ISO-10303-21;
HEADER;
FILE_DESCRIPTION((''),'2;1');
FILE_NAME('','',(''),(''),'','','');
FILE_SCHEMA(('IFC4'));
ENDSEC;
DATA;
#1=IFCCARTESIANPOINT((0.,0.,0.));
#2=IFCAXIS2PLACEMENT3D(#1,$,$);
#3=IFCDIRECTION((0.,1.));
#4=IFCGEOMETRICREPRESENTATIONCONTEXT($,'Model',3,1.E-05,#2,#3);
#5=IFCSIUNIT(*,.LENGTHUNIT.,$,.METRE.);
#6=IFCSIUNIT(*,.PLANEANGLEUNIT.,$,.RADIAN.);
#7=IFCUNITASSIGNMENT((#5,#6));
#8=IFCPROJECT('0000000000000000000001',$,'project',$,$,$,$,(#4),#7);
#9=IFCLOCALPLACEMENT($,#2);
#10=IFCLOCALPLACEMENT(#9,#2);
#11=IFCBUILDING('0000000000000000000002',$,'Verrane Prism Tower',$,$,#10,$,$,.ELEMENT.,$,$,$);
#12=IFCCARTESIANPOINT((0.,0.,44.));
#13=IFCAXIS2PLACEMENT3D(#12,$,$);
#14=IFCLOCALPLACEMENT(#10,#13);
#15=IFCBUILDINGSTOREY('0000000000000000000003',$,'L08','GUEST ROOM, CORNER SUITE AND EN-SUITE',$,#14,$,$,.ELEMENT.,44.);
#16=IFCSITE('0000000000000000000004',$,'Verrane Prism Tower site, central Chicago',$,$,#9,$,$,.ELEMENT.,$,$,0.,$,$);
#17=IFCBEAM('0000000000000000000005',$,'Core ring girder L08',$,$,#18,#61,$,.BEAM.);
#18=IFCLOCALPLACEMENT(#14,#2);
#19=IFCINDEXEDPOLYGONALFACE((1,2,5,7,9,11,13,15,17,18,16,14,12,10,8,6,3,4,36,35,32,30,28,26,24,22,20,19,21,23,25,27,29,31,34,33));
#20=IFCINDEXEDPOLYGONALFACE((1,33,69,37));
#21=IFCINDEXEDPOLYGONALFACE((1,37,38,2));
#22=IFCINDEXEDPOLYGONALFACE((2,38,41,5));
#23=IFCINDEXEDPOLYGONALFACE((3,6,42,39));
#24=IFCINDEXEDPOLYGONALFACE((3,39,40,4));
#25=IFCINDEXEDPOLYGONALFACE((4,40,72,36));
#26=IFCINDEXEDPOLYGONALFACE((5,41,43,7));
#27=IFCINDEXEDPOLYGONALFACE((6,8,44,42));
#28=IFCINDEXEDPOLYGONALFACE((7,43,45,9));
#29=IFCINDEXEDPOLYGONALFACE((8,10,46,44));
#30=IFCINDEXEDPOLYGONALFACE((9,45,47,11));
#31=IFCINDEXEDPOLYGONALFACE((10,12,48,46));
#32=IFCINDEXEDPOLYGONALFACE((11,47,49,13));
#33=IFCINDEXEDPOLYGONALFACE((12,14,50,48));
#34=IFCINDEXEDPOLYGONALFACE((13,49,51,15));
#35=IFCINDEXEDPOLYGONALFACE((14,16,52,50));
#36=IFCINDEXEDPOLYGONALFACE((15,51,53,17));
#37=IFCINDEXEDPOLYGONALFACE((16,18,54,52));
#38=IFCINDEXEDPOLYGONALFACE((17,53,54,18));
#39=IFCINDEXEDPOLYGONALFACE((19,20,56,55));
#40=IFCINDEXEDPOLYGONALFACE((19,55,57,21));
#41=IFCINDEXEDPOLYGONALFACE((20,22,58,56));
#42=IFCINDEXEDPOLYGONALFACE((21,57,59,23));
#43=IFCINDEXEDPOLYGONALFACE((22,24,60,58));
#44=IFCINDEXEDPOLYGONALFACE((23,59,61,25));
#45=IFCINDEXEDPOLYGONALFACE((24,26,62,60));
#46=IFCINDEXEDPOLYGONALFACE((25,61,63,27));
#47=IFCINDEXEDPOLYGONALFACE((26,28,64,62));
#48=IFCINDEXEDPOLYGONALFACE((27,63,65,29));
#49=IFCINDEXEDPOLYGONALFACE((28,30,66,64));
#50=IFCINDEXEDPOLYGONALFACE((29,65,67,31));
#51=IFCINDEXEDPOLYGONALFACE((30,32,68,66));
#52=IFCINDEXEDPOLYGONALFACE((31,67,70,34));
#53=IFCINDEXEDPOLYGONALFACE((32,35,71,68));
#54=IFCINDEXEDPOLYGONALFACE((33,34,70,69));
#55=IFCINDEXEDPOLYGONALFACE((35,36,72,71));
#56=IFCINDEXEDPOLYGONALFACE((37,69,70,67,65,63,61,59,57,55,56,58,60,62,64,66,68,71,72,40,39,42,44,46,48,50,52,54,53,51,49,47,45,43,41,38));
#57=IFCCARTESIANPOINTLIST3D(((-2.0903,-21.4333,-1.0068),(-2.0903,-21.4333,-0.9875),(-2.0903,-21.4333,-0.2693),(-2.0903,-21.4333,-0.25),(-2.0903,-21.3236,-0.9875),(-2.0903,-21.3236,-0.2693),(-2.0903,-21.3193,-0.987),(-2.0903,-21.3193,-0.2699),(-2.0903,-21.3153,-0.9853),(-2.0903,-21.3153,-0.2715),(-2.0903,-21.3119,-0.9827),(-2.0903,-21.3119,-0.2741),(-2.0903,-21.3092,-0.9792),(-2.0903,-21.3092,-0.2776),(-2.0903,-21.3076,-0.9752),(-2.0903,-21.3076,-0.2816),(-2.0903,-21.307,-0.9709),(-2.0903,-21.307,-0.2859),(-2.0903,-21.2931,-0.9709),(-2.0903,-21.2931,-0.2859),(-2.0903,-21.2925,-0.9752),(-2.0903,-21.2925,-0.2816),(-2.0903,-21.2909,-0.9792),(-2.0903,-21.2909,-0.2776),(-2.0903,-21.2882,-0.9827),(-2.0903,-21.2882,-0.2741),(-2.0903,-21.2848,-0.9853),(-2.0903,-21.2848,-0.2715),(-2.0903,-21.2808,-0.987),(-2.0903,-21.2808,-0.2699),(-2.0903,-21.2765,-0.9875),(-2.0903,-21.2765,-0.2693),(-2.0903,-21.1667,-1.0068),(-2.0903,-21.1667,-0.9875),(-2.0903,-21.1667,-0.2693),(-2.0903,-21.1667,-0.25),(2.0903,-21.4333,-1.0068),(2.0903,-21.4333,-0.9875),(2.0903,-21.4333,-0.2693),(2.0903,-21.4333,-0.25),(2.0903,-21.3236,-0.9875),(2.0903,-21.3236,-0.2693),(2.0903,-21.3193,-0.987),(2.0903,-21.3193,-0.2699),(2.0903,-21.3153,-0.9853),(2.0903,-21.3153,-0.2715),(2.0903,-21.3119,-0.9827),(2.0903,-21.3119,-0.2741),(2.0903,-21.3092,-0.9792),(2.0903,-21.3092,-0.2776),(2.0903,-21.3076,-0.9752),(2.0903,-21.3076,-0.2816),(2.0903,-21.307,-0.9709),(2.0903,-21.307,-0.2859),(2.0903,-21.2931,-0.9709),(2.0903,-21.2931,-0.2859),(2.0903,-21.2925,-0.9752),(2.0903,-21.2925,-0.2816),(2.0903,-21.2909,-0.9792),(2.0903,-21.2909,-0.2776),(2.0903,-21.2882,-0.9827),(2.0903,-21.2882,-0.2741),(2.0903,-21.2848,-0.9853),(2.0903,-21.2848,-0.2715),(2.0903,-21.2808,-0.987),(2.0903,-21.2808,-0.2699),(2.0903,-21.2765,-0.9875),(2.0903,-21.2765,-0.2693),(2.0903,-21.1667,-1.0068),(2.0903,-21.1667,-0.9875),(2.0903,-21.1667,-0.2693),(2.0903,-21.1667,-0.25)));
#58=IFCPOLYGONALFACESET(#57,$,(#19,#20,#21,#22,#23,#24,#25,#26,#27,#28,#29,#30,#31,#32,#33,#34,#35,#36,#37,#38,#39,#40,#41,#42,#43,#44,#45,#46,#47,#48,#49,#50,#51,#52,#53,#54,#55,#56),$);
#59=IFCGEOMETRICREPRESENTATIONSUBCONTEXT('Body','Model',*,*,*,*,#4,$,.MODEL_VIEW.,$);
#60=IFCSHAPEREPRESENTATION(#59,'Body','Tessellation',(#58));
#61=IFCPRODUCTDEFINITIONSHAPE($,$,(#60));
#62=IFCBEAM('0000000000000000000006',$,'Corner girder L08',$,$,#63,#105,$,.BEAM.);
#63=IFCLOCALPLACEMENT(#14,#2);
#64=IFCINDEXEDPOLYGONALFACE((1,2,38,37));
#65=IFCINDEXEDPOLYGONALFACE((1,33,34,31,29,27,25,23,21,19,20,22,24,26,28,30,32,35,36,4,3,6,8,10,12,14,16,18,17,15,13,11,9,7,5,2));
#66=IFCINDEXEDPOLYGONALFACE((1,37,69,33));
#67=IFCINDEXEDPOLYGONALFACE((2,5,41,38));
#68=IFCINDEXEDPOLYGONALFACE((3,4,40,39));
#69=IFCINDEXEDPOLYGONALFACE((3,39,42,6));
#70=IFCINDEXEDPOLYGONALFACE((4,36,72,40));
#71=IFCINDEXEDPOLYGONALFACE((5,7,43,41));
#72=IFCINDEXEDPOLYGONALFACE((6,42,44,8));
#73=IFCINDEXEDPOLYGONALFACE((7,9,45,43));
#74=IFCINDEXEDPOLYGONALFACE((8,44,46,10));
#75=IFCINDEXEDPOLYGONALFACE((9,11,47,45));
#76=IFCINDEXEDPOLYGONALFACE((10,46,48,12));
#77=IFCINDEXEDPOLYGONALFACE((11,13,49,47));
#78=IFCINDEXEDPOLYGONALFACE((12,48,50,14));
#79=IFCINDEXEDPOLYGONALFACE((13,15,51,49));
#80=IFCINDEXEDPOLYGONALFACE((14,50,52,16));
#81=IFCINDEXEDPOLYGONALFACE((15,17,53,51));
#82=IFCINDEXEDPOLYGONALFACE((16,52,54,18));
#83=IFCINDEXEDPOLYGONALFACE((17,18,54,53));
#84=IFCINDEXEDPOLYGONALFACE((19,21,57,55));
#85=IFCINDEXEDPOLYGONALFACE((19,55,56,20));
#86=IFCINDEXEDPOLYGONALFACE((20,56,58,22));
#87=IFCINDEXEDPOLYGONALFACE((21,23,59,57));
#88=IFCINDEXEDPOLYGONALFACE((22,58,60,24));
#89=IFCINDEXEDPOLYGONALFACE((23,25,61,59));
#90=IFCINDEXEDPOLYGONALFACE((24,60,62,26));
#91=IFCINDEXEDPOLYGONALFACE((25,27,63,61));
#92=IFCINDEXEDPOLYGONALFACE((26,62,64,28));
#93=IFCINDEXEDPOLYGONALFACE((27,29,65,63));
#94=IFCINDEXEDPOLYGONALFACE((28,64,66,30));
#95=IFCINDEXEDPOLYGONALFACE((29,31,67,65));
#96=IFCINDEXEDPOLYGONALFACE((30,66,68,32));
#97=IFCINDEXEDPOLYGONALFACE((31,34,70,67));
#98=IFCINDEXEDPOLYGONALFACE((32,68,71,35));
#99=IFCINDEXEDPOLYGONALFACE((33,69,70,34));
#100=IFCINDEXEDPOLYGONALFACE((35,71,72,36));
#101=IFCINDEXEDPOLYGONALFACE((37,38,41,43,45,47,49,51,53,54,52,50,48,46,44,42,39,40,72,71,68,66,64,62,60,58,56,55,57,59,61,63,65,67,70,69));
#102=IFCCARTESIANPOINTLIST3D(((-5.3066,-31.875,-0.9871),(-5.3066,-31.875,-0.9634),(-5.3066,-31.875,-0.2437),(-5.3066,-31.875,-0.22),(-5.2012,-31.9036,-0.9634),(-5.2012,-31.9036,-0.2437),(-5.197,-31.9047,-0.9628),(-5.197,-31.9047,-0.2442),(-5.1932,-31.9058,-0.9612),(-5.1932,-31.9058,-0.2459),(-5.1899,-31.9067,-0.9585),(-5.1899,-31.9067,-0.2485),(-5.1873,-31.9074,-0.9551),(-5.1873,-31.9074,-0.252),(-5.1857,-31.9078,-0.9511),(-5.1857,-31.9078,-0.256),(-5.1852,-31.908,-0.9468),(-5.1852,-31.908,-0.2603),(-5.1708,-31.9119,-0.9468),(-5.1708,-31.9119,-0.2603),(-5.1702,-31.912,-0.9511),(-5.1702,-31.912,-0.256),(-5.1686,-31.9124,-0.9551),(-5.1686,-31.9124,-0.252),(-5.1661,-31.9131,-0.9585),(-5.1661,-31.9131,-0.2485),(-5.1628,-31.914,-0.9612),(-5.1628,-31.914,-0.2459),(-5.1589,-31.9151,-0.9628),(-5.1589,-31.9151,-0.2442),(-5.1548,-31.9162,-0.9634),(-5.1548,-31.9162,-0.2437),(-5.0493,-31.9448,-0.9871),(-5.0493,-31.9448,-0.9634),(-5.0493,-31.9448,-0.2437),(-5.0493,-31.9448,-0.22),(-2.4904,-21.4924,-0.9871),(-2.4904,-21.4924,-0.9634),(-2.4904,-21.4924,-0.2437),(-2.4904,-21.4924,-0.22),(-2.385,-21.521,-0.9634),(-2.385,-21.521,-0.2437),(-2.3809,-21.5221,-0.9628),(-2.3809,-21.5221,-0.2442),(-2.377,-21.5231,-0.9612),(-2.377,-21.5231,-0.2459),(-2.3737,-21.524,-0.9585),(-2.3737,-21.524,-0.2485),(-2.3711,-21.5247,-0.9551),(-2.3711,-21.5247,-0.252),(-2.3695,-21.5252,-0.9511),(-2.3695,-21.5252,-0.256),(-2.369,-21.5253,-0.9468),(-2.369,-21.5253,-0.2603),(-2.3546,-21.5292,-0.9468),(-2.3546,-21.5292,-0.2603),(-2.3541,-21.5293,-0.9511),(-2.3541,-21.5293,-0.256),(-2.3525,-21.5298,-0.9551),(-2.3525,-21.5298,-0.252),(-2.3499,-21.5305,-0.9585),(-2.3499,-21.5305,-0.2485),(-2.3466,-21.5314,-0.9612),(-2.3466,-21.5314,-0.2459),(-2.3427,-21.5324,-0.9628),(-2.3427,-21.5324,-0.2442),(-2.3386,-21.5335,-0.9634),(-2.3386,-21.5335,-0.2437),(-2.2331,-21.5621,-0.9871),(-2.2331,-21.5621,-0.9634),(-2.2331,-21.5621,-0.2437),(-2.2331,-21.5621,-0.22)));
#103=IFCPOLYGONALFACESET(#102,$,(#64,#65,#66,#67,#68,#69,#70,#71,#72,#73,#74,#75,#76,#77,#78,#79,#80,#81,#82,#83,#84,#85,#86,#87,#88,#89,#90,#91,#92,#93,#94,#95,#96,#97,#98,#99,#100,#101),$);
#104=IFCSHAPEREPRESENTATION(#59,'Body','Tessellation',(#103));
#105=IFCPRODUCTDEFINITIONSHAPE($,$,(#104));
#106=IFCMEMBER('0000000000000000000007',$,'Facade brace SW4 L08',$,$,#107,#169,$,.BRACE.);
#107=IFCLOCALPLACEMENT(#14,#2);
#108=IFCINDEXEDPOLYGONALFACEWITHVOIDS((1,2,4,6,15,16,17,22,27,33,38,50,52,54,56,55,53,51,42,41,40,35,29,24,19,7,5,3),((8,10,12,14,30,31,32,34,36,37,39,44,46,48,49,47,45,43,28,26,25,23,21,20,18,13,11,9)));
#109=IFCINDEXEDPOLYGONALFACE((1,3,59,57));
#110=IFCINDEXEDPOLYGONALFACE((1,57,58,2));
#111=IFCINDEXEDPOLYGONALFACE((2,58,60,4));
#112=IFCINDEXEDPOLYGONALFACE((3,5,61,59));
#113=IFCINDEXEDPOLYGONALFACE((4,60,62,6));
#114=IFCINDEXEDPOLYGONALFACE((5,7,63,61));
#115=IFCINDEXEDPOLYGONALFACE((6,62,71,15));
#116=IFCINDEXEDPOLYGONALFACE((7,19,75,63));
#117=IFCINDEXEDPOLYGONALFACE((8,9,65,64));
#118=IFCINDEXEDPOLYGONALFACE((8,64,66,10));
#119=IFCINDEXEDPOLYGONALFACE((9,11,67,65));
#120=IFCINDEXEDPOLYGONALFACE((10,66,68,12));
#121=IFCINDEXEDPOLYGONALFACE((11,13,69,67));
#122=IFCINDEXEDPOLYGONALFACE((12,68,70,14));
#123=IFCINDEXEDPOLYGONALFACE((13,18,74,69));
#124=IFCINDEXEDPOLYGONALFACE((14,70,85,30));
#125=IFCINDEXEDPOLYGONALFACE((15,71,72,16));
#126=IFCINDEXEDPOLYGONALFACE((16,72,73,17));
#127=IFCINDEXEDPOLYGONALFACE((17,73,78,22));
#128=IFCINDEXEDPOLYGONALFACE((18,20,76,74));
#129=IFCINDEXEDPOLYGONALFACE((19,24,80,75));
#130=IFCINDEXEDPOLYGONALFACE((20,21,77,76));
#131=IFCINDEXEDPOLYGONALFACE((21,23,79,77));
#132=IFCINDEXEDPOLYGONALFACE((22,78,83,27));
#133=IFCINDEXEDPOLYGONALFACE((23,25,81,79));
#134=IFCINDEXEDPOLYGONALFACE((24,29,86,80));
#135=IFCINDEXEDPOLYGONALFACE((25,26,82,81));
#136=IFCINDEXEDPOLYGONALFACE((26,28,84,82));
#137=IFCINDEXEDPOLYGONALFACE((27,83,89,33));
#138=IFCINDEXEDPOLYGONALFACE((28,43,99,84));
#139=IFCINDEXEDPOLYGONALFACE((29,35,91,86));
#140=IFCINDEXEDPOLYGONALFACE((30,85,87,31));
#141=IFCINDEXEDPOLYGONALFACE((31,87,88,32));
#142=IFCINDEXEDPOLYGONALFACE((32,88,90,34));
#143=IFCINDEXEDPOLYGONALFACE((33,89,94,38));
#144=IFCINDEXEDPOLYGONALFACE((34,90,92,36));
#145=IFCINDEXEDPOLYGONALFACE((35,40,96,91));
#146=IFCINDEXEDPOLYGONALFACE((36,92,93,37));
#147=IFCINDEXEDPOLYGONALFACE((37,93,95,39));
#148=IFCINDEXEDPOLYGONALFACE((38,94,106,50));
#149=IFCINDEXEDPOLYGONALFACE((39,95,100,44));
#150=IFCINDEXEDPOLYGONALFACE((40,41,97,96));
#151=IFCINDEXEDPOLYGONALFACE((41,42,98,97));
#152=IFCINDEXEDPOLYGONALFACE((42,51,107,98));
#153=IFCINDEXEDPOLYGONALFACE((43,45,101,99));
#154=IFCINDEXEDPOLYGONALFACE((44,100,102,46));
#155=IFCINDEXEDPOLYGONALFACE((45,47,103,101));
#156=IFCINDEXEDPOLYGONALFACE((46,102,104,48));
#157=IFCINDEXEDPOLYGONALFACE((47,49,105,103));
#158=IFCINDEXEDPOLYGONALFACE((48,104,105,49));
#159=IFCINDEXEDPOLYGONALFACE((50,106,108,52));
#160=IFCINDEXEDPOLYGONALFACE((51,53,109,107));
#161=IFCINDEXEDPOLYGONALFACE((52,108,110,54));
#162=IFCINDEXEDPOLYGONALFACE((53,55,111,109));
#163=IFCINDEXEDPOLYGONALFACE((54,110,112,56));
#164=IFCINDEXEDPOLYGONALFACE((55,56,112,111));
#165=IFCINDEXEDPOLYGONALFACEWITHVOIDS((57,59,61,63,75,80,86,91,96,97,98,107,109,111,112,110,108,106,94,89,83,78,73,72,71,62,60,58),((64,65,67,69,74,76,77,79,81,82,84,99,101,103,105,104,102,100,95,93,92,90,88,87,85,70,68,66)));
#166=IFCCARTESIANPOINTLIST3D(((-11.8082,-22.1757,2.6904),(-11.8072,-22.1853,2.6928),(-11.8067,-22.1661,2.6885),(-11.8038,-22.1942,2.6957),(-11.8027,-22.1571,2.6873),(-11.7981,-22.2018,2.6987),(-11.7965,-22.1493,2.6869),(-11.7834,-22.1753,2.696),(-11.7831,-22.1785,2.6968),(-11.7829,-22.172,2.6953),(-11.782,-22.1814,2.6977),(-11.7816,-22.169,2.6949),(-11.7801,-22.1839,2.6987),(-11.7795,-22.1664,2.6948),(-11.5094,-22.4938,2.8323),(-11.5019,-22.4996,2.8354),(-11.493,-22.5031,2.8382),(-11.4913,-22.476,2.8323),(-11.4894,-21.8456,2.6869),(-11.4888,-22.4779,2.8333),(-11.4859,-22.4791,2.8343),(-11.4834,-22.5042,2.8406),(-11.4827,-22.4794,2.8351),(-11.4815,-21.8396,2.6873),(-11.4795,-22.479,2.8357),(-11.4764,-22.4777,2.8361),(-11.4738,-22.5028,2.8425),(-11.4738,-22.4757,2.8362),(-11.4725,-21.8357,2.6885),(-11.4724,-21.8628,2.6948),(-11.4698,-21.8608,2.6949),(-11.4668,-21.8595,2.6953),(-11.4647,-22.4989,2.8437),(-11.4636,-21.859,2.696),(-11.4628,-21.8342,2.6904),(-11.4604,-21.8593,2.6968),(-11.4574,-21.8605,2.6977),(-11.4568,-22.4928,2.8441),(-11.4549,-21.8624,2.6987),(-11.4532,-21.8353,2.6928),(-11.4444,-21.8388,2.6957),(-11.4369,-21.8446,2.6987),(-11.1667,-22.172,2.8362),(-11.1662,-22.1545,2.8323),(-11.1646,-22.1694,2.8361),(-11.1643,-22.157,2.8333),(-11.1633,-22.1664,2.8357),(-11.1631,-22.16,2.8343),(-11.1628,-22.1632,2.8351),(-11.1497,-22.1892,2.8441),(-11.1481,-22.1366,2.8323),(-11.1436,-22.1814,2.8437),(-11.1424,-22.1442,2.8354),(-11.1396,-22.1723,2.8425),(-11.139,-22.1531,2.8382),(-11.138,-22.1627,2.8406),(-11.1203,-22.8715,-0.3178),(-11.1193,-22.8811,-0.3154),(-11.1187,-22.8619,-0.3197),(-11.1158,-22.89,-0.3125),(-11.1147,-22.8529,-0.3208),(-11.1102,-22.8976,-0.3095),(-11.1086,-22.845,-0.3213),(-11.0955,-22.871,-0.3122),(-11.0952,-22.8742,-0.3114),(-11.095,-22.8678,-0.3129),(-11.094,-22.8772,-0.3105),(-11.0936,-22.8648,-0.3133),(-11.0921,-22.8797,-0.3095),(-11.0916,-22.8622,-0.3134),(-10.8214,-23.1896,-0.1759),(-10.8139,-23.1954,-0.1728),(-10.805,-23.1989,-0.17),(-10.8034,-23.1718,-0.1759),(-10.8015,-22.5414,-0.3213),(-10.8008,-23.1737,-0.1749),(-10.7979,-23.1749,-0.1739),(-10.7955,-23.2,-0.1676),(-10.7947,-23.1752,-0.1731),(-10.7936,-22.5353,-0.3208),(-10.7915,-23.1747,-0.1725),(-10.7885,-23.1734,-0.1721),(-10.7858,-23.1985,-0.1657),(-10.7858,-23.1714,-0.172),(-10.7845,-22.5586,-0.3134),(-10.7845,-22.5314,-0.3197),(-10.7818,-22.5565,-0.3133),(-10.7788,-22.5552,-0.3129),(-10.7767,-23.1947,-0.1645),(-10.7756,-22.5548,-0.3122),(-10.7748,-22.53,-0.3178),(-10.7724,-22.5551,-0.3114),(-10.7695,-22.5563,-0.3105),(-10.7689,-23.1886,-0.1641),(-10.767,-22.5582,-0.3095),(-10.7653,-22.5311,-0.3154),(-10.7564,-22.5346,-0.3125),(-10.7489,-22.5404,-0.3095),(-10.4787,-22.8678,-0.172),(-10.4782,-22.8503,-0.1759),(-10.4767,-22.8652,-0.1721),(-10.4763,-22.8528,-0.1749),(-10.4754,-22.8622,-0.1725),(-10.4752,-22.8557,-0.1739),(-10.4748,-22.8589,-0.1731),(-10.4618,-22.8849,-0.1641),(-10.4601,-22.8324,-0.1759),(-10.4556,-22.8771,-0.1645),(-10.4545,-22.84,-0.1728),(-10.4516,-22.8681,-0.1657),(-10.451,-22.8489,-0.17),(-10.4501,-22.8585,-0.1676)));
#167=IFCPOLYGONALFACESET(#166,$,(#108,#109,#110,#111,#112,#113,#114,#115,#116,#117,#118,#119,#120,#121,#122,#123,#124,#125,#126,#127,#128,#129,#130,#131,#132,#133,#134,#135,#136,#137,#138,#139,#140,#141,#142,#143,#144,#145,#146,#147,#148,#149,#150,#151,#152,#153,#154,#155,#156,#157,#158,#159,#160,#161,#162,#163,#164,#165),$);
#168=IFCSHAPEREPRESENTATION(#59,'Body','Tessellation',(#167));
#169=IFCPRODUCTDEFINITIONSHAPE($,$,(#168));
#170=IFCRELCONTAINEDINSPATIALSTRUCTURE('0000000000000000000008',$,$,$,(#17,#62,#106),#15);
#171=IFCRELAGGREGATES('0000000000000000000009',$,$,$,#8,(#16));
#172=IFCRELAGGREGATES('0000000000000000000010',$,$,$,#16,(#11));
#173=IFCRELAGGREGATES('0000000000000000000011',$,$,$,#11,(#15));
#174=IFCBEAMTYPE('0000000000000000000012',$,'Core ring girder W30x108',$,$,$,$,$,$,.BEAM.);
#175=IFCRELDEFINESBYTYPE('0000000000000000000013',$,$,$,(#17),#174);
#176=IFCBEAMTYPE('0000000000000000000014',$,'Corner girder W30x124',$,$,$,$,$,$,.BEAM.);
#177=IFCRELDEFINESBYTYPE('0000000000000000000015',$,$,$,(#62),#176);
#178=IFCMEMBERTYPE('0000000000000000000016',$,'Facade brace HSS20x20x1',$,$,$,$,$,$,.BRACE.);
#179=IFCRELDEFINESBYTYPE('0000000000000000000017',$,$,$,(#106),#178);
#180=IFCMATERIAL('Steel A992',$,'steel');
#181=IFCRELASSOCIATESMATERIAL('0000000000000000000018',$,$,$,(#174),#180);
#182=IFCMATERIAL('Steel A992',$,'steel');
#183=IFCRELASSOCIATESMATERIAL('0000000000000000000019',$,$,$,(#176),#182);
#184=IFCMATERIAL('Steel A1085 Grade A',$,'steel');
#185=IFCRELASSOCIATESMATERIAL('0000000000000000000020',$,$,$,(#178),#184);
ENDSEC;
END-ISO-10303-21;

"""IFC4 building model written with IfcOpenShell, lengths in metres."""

from ifc_helpers import new_model, si_unit, direction, frame, origin, origin_2d, place, context, subcontext, project, spatial, hollow_rectangle, i_section, extrude, material, material_profile, profile_set, type_object, element, save


model = new_model("IFC4")

# Units and contexts
model_context = context("Model", 3, precision=1e-05, world=origin(), true_north=direction((0.0, 1.0)))
body_context = subcontext(model_context, "Body", "Model", "MODEL_VIEW")
ifc_project = project(units=[si_unit("LENGTHUNIT", "METRE"), si_unit("PLANEANGLEUNIT", "RADIAN")], contexts=[model_context])

# Site, building, storey
site_placement = place(None, origin())
site = spatial("IfcSite", under=ifc_project, at=site_placement, Name="Verrane Prism Tower site, central Chicago", CompositionType="ELEMENT", RefElevation=0.0)
building_placement = place(site_placement, origin())
building = spatial("IfcBuilding", under=site, at=building_placement, Name="Verrane Prism Tower", CompositionType="ELEMENT")
storey_placement = place(building_placement, frame((0.0, 0.0, 44.0)))
storey = spatial("IfcBuildingStorey", under=building, at=storey_placement, Name="L08", Description="GUEST ROOM, CORNER SUITE AND EN-SUITE", CompositionType="ELEMENT", Elevation=44.0)

# Beams
ifc_material_1 = material(Name="Steel A992", Category="steel")
ifc_material_profile_1 = material_profile(ifc_material_1, i_section(OverallWidth=0.2666, OverallDepth=0.7568, WebThickness=0.0139, FlangeThickness=0.0193, FilletRadius=0.0166, at=origin_2d()), Name="W30x108")
ifc_profile_set_1 = profile_set([ifc_material_profile_1], Name="Steel A992")
beam_type_1 = type_object("IfcBeamType", Name="Core ring girder W30x108", PredefinedType="BEAM", material=ifc_profile_set_1)
beam_1_placement = place(storey_placement, frame((-2.0903, -21.3, -0.6284), z_axis=(1.0, 0.0, 0.0), x_axis=(0.0, 1.0, 0.0)))
element("IfcBeam", 1, at=beam_1_placement, inside=storey, type_object=beam_type_1, Name="Core ring girder L08", PredefinedType="BEAM", context=body_context, shape_type="SweptSolid", body=[
    extrude(i_section(OverallWidth=0.2666, OverallDepth=0.7568, WebThickness=0.0139, FlangeThickness=0.0193, FilletRadius=0.0166, at=origin_2d()), origin(), (0.0, 0.0, 1.0), 4.1807),
])
ifc_material_2 = material(Name="Steel A992", Category="steel")
ifc_material_profile_2 = material_profile(ifc_material_2, i_section(OverallWidth=0.2666, OverallDepth=0.7671, WebThickness=0.0149, FlangeThickness=0.0237, FilletRadius=0.0166, at=origin_2d()), Name="W30x124")
ifc_profile_set_2 = profile_set([ifc_material_profile_2], Name="Steel A992")
beam_type_2 = type_object("IfcBeamType", Name="Corner girder W30x124", PredefinedType="BEAM", material=ifc_profile_set_2)
beam_2_placement = place(storey_placement, frame((-5.178, -31.9099, -0.6035), z_axis=(0.261781, 0.965127, 0.0), x_axis=(-0.965127, 0.261781, 0.0)))
element("IfcBeam", 2, at=beam_2_placement, inside=storey, type_object=beam_type_2, Name="Corner girder L08", PredefinedType="BEAM", context=body_context, shape_type="SweptSolid", body=[
    extrude(i_section(OverallWidth=0.2666, OverallDepth=0.7671, WebThickness=0.0149, FlangeThickness=0.0237, FilletRadius=0.0166, at=origin_2d()), origin(), (0.0, 0.0, 1.0), 10.7578),
])

# Member
ifc_material_3 = material(Name="Steel A1085 Grade A", Category="steel")
ifc_material_profile_3 = material_profile(ifc_material_3, hollow_rectangle(XDim=0.5081, YDim=0.5081, WallThickness=0.0254, InnerFilletRadius=0.0127, OuterFilletRadius=0.0381, at=origin_2d()), Name="HSS20x20x1")
ifc_profile_set_3 = profile_set([ifc_material_profile_3], Name="Steel A1085 Grade A")
member_type_1 = type_object("IfcMemberType", Name="Facade brace HSS20x20x1", PredefinedType="BRACE", material=ifc_profile_set_3)
member_1_placement = place(storey_placement, frame((-10.7852, -22.865, -0.2427), z_axis=(-0.217481, 0.219951, 0.950959), x_axis=(-0.711088, -0.703103, 0.0)))
element("IfcMember", 3, at=member_1_placement, inside=storey, type_object=member_type_1, Name="Facade brace SW4 L08", PredefinedType="BRACE", context=body_context, shape_type="SweptSolid", body=[
    extrude(hollow_rectangle(XDim=0.5081, YDim=0.5081, WallThickness=0.0254, InnerFilletRadius=0.0127, OuterFilletRadius=0.0381, at=origin_2d()), origin(), (0.0, 0.0, 1.0), 3.1633),
])

save(model, "model.ifc")
